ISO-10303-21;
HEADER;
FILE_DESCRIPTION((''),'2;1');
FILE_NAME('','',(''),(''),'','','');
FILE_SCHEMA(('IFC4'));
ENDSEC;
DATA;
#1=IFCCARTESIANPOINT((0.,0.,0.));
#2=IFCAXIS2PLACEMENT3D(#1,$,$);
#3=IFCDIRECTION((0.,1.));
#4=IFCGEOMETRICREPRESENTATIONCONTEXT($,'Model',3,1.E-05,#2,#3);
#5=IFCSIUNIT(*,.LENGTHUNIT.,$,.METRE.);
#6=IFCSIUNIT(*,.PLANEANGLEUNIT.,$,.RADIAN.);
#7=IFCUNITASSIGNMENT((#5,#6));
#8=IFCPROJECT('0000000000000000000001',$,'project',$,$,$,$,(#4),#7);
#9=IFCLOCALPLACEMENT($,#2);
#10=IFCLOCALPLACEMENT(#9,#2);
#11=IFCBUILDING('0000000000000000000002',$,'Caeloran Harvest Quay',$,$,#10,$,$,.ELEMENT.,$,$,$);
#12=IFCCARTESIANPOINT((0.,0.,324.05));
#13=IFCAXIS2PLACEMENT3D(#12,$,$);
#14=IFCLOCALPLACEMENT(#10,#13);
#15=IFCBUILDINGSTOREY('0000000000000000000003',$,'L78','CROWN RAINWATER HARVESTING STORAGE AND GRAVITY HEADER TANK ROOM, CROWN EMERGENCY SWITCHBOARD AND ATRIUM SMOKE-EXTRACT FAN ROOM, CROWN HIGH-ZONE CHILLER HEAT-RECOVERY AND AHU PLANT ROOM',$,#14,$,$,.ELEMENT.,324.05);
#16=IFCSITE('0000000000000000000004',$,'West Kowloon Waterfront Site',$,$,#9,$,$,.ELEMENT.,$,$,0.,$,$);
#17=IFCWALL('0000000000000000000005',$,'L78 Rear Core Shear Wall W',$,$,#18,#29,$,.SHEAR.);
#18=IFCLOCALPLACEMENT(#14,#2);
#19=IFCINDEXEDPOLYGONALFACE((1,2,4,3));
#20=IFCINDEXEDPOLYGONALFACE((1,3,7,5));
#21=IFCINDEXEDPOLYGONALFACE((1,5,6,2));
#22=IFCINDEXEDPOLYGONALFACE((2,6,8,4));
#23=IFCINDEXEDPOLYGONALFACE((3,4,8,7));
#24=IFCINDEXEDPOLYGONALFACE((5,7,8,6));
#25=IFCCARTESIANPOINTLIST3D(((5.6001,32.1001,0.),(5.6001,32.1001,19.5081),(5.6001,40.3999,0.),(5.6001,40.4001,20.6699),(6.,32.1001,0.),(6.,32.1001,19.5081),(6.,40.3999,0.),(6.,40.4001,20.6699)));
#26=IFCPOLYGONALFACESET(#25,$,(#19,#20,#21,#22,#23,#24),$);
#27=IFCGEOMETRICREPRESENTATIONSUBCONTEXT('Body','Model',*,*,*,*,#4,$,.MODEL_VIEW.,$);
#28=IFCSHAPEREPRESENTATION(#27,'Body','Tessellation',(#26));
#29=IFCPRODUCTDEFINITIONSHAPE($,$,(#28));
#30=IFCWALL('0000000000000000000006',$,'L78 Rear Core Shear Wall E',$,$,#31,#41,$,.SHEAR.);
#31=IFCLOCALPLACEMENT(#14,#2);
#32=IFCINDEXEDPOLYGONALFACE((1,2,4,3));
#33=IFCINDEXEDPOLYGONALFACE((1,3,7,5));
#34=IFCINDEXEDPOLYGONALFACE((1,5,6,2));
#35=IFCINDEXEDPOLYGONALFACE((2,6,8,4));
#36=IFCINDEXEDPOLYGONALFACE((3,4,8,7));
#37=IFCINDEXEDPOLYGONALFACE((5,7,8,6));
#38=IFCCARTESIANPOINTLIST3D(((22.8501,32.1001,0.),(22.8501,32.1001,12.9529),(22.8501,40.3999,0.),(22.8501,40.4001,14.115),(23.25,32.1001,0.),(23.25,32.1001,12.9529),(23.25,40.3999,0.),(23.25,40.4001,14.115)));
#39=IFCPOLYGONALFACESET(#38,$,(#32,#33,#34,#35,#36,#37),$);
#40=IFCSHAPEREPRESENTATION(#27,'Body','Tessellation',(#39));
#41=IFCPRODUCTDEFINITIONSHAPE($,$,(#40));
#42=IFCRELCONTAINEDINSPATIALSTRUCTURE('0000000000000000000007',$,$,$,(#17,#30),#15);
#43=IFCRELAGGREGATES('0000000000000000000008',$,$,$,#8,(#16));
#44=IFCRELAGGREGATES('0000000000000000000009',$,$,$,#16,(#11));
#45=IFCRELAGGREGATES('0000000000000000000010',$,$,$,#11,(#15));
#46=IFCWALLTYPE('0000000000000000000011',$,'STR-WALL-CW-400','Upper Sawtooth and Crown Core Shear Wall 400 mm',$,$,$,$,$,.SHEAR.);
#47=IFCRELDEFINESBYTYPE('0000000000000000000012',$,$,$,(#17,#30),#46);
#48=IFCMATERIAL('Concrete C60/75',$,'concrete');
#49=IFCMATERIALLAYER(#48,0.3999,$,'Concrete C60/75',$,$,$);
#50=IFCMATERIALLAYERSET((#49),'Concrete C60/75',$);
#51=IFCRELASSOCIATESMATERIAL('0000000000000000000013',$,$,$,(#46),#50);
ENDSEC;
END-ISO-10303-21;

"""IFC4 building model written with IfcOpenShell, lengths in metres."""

from ifc_helpers import new_model, si_unit, direction, frame, origin, place, context, subcontext, project, spatial, polyline, outline, extrude, material, layer, layer_set, type_object, element, save


model = new_model("IFC4")

# Units and contexts
model_context = context("Model", 3, precision=1e-05, world=origin(), true_north=direction((0.0, 1.0)))
body_context = subcontext(model_context, "Body", "Model", "MODEL_VIEW")
ifc_project = project(units=[si_unit("LENGTHUNIT", "METRE"), si_unit("PLANEANGLEUNIT", "RADIAN")], contexts=[model_context])

# Site, building, storey
site_placement = place(None, origin())
site = spatial("IfcSite", under=ifc_project, at=site_placement, Name="West Kowloon Waterfront Site", CompositionType="ELEMENT", RefElevation=0.0)
building_placement = place(site_placement, origin())
building = spatial("IfcBuilding", under=site, at=building_placement, Name="Caeloran Harvest Quay", CompositionType="ELEMENT")
storey_placement = place(building_placement, frame((0.0, 0.0, 324.05)))
storey = spatial("IfcBuildingStorey", under=building, at=storey_placement, Name="L78", Description="CROWN RAINWATER HARVESTING STORAGE AND GRAVITY HEADER TANK ROOM, CROWN EMERGENCY SWITCHBOARD AND ATRIUM SMOKE-EXTRACT FAN ROOM, CROWN HIGH-ZONE CHILLER HEAT-RECOVERY AND AHU PLANT ROOM", CompositionType="ELEMENT", Elevation=324.05)

# Shared definitions
ifc_material_1 = material(Name="Concrete C60/75", Category="concrete")

# Shared definitions
ifc_layer_1 = layer(ifc_material_1, 0.3999, Name="Concrete C60/75")
ifc_layer_set_1 = layer_set([ifc_layer_1], Name="Concrete C60/75")
wall_type_1 = type_object("IfcWallType", Name="STR-WALL-CW-400", Description="Upper Sawtooth and Crown Core Shear Wall 400 mm", PredefinedType="SHEAR", material=ifc_layer_set_1)

# Walls
wall_1_placement = place(storey_placement, frame((5.8, 32.1001, 0.0), z_axis=(0.0, 0.0, 1.0), x_axis=(0.0, 1.0, 0.0)))
element("IfcWall", 1, at=wall_1_placement, inside=storey, type_object=wall_type_1, Name="L78 Rear Core Shear Wall W", PredefinedType="SHEAR", context=body_context, shape_type="SweptSolid", body=[
    extrude(outline(polyline([(0.0, 0.0), (8.2998, 0.0), (8.3, 20.6699), (0.0, 19.5081), (0.0, 0.0)])), frame((0.0, 0.2, 0.0), z_axis=(0.0, -1.0, 0.0), x_axis=(1.0, 0.0, 0.0)), (0.0, 0.0, 1.0), 0.3999),
])
wall_2_placement = place(storey_placement, frame((23.05, 32.1001, 0.0), z_axis=(0.0, 0.0, 1.0), x_axis=(0.0, 1.0, 0.0)))
element("IfcWall", 2, at=wall_2_placement, inside=storey, type_object=wall_type_1, Name="L78 Rear Core Shear Wall E", PredefinedType="SHEAR", context=body_context, shape_type="SweptSolid", body=[
    extrude(outline(polyline([(0.0, 0.0), (8.2998, 0.0), (8.3, 14.115), (0.0, 12.9529), (0.0, 0.0)])), frame((0.0, 0.2, 0.0), z_axis=(0.0, -1.0, 0.0), x_axis=(1.0, 0.0, 0.0)), (0.0, 0.0, 1.0), 0.3999),
])

save(model, "model.ifc")
